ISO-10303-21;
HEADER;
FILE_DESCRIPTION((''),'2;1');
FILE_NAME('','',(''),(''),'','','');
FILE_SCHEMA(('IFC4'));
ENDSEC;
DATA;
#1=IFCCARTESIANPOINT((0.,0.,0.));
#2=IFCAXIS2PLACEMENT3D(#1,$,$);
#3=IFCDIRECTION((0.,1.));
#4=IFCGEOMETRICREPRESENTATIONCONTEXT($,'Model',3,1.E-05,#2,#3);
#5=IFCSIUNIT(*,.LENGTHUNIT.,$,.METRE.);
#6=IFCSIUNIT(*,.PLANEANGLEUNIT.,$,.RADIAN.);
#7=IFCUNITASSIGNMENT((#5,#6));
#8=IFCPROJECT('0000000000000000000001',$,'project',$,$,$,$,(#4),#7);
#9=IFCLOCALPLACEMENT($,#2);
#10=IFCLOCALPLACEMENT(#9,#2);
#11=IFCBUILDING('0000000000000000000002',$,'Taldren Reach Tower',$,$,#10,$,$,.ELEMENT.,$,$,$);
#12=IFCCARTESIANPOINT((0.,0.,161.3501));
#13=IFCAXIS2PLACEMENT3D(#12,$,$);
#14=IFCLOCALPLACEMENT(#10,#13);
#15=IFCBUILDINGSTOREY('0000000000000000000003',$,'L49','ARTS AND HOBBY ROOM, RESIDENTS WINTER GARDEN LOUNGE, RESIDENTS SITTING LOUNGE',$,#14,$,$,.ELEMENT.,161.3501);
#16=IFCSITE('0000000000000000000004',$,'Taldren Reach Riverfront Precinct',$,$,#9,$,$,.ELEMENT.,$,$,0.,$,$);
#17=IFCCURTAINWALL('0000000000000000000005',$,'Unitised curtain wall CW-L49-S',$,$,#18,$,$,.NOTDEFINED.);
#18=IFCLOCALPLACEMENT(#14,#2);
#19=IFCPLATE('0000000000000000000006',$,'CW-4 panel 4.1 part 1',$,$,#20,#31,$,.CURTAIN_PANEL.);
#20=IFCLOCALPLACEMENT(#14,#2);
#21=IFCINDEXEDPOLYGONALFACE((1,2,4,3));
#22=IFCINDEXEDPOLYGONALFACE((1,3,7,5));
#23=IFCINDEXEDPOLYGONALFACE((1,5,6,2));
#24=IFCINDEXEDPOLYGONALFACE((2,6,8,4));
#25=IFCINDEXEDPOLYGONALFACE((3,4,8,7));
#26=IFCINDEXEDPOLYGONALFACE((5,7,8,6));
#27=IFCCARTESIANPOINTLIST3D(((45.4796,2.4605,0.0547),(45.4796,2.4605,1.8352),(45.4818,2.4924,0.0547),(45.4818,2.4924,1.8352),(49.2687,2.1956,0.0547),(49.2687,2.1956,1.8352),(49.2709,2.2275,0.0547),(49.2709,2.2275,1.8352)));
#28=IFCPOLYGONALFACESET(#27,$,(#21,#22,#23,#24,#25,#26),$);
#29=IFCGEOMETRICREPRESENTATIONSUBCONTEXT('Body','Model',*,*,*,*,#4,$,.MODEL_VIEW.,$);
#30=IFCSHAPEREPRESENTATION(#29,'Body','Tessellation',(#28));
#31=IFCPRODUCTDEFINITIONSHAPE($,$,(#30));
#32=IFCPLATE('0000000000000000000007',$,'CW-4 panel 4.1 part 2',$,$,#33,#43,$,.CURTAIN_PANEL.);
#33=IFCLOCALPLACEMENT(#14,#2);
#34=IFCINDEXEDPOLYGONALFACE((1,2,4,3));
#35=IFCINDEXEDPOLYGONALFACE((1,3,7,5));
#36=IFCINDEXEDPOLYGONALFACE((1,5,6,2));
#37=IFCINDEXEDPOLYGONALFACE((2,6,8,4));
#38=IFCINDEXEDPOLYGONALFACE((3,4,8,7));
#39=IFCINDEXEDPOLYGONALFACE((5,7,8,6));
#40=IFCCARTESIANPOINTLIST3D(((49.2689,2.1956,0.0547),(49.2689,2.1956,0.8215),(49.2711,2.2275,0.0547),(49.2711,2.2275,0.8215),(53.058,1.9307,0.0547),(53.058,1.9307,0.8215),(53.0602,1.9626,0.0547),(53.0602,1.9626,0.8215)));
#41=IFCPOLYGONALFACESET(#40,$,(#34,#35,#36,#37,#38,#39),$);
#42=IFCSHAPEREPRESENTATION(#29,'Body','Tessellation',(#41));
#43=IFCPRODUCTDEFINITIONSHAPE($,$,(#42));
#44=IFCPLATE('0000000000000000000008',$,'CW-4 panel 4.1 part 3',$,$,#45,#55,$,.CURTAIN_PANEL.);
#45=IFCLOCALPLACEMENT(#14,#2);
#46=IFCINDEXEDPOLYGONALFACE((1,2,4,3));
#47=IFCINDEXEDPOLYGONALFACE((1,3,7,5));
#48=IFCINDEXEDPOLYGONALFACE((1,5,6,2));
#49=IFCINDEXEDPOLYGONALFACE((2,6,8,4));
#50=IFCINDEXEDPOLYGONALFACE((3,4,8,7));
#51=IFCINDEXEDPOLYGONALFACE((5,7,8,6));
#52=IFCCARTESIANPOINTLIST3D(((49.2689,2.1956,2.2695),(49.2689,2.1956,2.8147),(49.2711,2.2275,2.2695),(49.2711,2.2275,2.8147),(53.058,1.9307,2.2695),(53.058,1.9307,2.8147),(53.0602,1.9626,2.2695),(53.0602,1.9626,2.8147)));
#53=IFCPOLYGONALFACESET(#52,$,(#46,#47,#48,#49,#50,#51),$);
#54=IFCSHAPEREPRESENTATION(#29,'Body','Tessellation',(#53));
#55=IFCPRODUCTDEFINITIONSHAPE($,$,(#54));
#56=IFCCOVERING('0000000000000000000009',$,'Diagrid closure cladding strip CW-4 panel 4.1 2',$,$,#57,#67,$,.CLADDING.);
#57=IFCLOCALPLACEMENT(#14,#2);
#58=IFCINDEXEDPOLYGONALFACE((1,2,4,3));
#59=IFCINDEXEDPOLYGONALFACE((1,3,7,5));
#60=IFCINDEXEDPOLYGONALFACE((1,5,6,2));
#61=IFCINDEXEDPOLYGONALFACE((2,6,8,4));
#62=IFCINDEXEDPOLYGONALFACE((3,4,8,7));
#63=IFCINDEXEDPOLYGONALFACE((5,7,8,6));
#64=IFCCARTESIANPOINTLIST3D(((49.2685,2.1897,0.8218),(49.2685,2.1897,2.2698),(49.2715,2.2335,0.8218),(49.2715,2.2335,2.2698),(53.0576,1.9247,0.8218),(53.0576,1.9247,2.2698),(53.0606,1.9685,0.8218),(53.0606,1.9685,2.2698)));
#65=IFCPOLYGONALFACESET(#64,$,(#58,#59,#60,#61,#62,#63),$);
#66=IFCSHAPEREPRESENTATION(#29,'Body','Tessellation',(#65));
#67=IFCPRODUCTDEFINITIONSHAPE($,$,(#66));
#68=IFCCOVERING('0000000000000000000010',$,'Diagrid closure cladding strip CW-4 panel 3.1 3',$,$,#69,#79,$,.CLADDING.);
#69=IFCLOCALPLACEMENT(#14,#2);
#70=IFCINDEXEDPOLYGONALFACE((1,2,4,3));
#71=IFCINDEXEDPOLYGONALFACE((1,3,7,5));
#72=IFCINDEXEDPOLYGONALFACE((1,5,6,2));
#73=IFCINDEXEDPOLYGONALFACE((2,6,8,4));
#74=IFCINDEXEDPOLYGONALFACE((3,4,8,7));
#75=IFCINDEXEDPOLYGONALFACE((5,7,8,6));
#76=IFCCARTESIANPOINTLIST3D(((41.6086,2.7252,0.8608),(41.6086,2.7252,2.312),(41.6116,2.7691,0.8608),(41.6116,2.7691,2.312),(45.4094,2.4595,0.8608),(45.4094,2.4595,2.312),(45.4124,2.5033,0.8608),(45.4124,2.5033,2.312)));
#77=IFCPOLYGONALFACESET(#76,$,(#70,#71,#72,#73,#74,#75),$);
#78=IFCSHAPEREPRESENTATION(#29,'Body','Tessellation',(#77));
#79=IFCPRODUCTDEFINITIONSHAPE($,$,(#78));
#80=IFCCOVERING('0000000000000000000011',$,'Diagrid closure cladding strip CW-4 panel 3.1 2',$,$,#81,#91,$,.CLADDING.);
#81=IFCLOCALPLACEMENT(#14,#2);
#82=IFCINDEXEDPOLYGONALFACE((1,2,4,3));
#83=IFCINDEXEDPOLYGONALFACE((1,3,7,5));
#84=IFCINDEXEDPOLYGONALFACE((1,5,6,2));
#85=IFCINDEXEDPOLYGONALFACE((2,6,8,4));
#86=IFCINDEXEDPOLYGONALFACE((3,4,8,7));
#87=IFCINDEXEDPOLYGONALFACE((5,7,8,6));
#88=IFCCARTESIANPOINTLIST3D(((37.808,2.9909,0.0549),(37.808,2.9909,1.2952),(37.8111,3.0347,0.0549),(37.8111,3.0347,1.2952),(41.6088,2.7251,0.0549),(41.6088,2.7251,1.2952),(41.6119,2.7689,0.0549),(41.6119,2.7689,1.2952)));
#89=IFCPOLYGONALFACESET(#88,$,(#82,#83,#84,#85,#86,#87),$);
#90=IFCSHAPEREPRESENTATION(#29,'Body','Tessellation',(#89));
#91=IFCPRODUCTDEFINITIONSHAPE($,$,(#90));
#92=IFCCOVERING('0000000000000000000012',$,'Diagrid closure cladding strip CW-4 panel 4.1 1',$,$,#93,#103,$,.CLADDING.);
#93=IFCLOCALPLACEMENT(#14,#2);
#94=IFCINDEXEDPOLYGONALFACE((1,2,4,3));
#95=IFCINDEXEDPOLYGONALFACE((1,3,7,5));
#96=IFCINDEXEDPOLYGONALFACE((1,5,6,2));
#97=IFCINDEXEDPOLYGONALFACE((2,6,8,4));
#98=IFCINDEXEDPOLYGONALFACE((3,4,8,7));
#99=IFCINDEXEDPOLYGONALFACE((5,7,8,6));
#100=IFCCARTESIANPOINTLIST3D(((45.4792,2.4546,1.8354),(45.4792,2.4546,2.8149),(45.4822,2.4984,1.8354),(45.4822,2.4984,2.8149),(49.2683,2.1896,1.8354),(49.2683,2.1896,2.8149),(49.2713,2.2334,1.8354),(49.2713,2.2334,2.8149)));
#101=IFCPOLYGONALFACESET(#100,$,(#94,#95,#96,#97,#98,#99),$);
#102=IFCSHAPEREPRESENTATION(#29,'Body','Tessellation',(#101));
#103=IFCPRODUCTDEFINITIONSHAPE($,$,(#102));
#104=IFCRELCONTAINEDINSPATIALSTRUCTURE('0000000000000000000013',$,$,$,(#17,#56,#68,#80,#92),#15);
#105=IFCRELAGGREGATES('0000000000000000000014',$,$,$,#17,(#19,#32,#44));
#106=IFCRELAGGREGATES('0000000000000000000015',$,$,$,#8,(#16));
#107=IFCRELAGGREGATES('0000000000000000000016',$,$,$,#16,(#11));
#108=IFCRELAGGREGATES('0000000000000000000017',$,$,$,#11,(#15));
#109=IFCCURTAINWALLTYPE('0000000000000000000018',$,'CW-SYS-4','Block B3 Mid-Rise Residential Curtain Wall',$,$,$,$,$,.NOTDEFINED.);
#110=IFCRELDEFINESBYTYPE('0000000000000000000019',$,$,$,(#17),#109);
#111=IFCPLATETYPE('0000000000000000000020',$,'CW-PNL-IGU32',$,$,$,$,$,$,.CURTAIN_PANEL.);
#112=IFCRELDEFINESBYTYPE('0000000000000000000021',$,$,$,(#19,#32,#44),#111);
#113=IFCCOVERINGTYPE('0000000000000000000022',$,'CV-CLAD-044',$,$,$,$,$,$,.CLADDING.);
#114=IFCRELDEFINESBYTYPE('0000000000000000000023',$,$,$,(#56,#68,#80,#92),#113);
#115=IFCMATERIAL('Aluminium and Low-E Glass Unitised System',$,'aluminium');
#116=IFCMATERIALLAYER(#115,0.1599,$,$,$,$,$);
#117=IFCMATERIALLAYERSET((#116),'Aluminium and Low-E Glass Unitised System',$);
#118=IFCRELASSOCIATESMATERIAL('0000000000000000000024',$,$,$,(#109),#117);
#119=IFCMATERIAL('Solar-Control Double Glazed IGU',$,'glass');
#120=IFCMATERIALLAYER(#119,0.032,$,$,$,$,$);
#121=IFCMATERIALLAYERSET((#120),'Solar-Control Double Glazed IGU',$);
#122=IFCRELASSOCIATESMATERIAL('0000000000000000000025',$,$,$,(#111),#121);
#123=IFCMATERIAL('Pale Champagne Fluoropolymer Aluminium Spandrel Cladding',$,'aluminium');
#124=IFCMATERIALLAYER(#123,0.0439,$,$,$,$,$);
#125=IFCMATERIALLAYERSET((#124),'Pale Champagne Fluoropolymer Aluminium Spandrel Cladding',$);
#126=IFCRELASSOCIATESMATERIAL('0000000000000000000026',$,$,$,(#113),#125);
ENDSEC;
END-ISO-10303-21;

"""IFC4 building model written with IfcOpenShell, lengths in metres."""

from ifc_helpers import new_model, si_unit, direction, frame, origin, origin_2d, place, context, subcontext, project, spatial, rectangle, extrude, source, transform, mapped, material, layer, layer_set, type_object, element, aggregate, save


model = new_model("IFC4")

# Units and contexts
model_context = context("Model", 3, precision=1e-05, world=origin(), true_north=direction((0.0, 1.0)))
body_context = subcontext(model_context, "Body", "Model", "MODEL_VIEW")
ifc_project = project(units=[si_unit("LENGTHUNIT", "METRE"), si_unit("PLANEANGLEUNIT", "RADIAN")], contexts=[model_context])

# Site, building, storey
site_placement = place(None, origin())
site = spatial("IfcSite", under=ifc_project, at=site_placement, Name="Taldren Reach Riverfront Precinct", CompositionType="ELEMENT", RefElevation=0.0)
building_placement = place(site_placement, origin())
building = spatial("IfcBuilding", under=site, at=building_placement, Name="Taldren Reach Tower", CompositionType="ELEMENT")
storey_placement = place(building_placement, frame((0.0, 0.0, 161.3501)))
storey = spatial("IfcBuildingStorey", under=building, at=storey_placement, Name="L49", Description="ARTS AND HOBBY ROOM, RESIDENTS WINTER GARDEN LOUNGE, RESIDENTS SITTING LOUNGE", CompositionType="ELEMENT", Elevation=161.3501)

# Curtain wall
ifc_material_1 = material(Name="Aluminium and Low-E Glass Unitised System", Category="aluminium")
ifc_layer_1 = layer(ifc_material_1, 0.1599)
ifc_layer_set_1 = layer_set([ifc_layer_1], Name="Aluminium and Low-E Glass Unitised System")
curtain_wall_type = type_object("IfcCurtainWallType", Name="CW-SYS-4", Description="Block B3 Mid-Rise Residential Curtain Wall", PredefinedType="NOTDEFINED", material=ifc_layer_set_1)
curtain_wall_placement = place(storey_placement, origin())
curtain_wall = element("IfcCurtainWall", 1, at=curtain_wall_placement, inside=storey, type_object=curtain_wall_type, Name="Unitised curtain wall CW-L49-S", PredefinedType="NOTDEFINED")

# Plates
ifc_material_2 = material(Name="Solar-Control Double Glazed IGU", Category="glass")
ifc_layer_2 = layer(ifc_material_2, 0.032)
ifc_layer_set_2 = layer_set([ifc_layer_2], Name="Solar-Control Double Glazed IGU")
plate_type_1 = type_object("IfcPlateType", Name="CW-PNL-IGU32", PredefinedType="CURTAIN_PANEL", material=ifc_layer_set_2)
shared_shape_1 = source(origin(), body_context, "Body", "SweptSolid", [
    extrude(rectangle(XDim=3.7983, YDim=0.032, at=origin_2d()), origin(), (0.0, 0.0, 1.0), 1.7805),
])
plate_1_placement = place(storey_placement, frame((47.3752, 2.344, 0.0547), z_axis=(0.0, 0.0, 1.0), x_axis=(0.997564, -0.069757, 0.0)))
plate_1 = element("IfcPlate", 2, at=plate_1_placement, type_object=plate_type_1, Name="CW-4 panel 4.1 part 1", PredefinedType="CURTAIN_PANEL", context=body_context, shape_type="MappedRepresentation", body=[
    mapped(shared_shape_1, transform((0.0, 0.0, 0.0), scale=1.0)),
])
shared_shape_2 = source(origin(), body_context, "Body", "SweptSolid", [
    extrude(rectangle(XDim=3.7983, YDim=0.032, at=origin_2d()), origin(), (0.0, 0.0, 1.0), 0.7668),
])
plate_2_placement = place(storey_placement, frame((51.1646, 2.0791, 0.0547), z_axis=(0.0, 0.0, 1.0), x_axis=(0.997564, -0.069757, 0.0)))
plate_2 = element("IfcPlate", 3, at=plate_2_placement, type_object=plate_type_1, Name="CW-4 panel 4.1 part 2", PredefinedType="CURTAIN_PANEL", context=body_context, shape_type="MappedRepresentation", body=[
    mapped(shared_shape_2, transform((0.0, 0.0, 0.0), scale=1.0)),
])
shared_shape_3 = source(origin(), body_context, "Body", "SweptSolid", [
    extrude(rectangle(XDim=3.7983, YDim=0.032, at=origin_2d()), origin(), (0.0, 0.0, 1.0), 0.5452),
])
plate_3_placement = place(storey_placement, frame((51.1646, 2.0791, 2.2695), z_axis=(0.0, 0.0, 1.0), x_axis=(0.997564, -0.069757, 0.0)))
plate_3 = element("IfcPlate", 4, at=plate_3_placement, type_object=plate_type_1, Name="CW-4 panel 4.1 part 3", PredefinedType="CURTAIN_PANEL", context=body_context, shape_type="MappedRepresentation", body=[
    mapped(shared_shape_3, transform((0.0, 0.0, 0.0), scale=1.0)),
])
aggregate(curtain_wall, [plate_1, plate_2, plate_3])

# Coverings
ifc_material_3 = material(Name="Pale Champagne Fluoropolymer Aluminium Spandrel Cladding", Category="aluminium")
ifc_layer_3 = layer(ifc_material_3, 0.0439)
ifc_layer_set_3 = layer_set([ifc_layer_3], Name="Pale Champagne Fluoropolymer Aluminium Spandrel Cladding")
covering_type = type_object("IfcCoveringType", Name="CV-CLAD-044", PredefinedType="CLADDING", material=ifc_layer_set_3)
shared_shape_4 = source(origin(), body_context, "Body", "SweptSolid", [
    extrude(rectangle(XDim=3.7983, YDim=0.0439, at=origin_2d()), origin(), (0.0, 0.0, 1.0), 1.448),
])
covering_1_placement = place(storey_placement, frame((51.1646, 2.0791, 0.8218), z_axis=(0.0, 0.0, 1.0), x_axis=(0.997564, -0.069757, 0.0)))
element("IfcCovering", 5, at=covering_1_placement, inside=storey, type_object=covering_type, Name="Diagrid closure cladding strip CW-4 panel 4.1 2", PredefinedType="CLADDING", context=body_context, shape_type="MappedRepresentation", body=[
    mapped(shared_shape_4, transform((0.0, 0.0, 0.0), scale=1.0)),
])
shared_shape_5 = source(origin(), body_context, "Body", "SweptSolid", [
    extrude(rectangle(XDim=3.8101, YDim=0.0439, at=origin_2d()), origin(), (0.0, 0.0, 1.0), 1.4512),
])
covering_2_placement = place(storey_placement, frame((43.5105, 2.6143, 0.8608), z_axis=(0.0, 0.0, 1.0), x_axis=(0.997564, -0.069757, 0.0)))
element("IfcCovering", 6, at=covering_2_placement, inside=storey, type_object=covering_type, Name="Diagrid closure cladding strip CW-4 panel 3.1 3", PredefinedType="CLADDING", context=body_context, shape_type="MappedRepresentation", body=[
    mapped(shared_shape_5, transform((0.0, 0.0, 0.0), scale=1.0)),
])
shared_shape_6 = source(origin(), body_context, "Body", "SweptSolid", [
    extrude(rectangle(XDim=3.8101, YDim=0.0439, at=origin_2d()), origin(), (0.0, 0.0, 1.0), 1.2402),
])
covering_3_placement = place(storey_placement, frame((39.71, 2.8799, 0.0549), z_axis=(0.0, 0.0, 1.0), x_axis=(0.997564, -0.069757, 0.0)))
element("IfcCovering", 7, at=covering_3_placement, inside=storey, type_object=covering_type, Name="Diagrid closure cladding strip CW-4 panel 3.1 2", PredefinedType="CLADDING", context=body_context, shape_type="MappedRepresentation", body=[
    mapped(shared_shape_6, transform((0.0, 0.0, 0.0), scale=1.0)),
])
shared_shape_7 = source(origin(), body_context, "Body", "SweptSolid", [
    extrude(rectangle(XDim=3.7983, YDim=0.0439, at=origin_2d()), origin(), (0.0, 0.0, 1.0), 0.9795),
])
covering_4_placement = place(storey_placement, frame((47.3752, 2.344, 1.8354), z_axis=(0.0, 0.0, 1.0), x_axis=(0.997564, -0.069757, 0.0)))
element("IfcCovering", 8, at=covering_4_placement, inside=storey, type_object=covering_type, Name="Diagrid closure cladding strip CW-4 panel 4.1 1", PredefinedType="CLADDING", context=body_context, shape_type="MappedRepresentation", body=[
    mapped(shared_shape_7, transform((0.0, 0.0, 0.0), scale=1.0)),
])

save(model, "model.ifc")
